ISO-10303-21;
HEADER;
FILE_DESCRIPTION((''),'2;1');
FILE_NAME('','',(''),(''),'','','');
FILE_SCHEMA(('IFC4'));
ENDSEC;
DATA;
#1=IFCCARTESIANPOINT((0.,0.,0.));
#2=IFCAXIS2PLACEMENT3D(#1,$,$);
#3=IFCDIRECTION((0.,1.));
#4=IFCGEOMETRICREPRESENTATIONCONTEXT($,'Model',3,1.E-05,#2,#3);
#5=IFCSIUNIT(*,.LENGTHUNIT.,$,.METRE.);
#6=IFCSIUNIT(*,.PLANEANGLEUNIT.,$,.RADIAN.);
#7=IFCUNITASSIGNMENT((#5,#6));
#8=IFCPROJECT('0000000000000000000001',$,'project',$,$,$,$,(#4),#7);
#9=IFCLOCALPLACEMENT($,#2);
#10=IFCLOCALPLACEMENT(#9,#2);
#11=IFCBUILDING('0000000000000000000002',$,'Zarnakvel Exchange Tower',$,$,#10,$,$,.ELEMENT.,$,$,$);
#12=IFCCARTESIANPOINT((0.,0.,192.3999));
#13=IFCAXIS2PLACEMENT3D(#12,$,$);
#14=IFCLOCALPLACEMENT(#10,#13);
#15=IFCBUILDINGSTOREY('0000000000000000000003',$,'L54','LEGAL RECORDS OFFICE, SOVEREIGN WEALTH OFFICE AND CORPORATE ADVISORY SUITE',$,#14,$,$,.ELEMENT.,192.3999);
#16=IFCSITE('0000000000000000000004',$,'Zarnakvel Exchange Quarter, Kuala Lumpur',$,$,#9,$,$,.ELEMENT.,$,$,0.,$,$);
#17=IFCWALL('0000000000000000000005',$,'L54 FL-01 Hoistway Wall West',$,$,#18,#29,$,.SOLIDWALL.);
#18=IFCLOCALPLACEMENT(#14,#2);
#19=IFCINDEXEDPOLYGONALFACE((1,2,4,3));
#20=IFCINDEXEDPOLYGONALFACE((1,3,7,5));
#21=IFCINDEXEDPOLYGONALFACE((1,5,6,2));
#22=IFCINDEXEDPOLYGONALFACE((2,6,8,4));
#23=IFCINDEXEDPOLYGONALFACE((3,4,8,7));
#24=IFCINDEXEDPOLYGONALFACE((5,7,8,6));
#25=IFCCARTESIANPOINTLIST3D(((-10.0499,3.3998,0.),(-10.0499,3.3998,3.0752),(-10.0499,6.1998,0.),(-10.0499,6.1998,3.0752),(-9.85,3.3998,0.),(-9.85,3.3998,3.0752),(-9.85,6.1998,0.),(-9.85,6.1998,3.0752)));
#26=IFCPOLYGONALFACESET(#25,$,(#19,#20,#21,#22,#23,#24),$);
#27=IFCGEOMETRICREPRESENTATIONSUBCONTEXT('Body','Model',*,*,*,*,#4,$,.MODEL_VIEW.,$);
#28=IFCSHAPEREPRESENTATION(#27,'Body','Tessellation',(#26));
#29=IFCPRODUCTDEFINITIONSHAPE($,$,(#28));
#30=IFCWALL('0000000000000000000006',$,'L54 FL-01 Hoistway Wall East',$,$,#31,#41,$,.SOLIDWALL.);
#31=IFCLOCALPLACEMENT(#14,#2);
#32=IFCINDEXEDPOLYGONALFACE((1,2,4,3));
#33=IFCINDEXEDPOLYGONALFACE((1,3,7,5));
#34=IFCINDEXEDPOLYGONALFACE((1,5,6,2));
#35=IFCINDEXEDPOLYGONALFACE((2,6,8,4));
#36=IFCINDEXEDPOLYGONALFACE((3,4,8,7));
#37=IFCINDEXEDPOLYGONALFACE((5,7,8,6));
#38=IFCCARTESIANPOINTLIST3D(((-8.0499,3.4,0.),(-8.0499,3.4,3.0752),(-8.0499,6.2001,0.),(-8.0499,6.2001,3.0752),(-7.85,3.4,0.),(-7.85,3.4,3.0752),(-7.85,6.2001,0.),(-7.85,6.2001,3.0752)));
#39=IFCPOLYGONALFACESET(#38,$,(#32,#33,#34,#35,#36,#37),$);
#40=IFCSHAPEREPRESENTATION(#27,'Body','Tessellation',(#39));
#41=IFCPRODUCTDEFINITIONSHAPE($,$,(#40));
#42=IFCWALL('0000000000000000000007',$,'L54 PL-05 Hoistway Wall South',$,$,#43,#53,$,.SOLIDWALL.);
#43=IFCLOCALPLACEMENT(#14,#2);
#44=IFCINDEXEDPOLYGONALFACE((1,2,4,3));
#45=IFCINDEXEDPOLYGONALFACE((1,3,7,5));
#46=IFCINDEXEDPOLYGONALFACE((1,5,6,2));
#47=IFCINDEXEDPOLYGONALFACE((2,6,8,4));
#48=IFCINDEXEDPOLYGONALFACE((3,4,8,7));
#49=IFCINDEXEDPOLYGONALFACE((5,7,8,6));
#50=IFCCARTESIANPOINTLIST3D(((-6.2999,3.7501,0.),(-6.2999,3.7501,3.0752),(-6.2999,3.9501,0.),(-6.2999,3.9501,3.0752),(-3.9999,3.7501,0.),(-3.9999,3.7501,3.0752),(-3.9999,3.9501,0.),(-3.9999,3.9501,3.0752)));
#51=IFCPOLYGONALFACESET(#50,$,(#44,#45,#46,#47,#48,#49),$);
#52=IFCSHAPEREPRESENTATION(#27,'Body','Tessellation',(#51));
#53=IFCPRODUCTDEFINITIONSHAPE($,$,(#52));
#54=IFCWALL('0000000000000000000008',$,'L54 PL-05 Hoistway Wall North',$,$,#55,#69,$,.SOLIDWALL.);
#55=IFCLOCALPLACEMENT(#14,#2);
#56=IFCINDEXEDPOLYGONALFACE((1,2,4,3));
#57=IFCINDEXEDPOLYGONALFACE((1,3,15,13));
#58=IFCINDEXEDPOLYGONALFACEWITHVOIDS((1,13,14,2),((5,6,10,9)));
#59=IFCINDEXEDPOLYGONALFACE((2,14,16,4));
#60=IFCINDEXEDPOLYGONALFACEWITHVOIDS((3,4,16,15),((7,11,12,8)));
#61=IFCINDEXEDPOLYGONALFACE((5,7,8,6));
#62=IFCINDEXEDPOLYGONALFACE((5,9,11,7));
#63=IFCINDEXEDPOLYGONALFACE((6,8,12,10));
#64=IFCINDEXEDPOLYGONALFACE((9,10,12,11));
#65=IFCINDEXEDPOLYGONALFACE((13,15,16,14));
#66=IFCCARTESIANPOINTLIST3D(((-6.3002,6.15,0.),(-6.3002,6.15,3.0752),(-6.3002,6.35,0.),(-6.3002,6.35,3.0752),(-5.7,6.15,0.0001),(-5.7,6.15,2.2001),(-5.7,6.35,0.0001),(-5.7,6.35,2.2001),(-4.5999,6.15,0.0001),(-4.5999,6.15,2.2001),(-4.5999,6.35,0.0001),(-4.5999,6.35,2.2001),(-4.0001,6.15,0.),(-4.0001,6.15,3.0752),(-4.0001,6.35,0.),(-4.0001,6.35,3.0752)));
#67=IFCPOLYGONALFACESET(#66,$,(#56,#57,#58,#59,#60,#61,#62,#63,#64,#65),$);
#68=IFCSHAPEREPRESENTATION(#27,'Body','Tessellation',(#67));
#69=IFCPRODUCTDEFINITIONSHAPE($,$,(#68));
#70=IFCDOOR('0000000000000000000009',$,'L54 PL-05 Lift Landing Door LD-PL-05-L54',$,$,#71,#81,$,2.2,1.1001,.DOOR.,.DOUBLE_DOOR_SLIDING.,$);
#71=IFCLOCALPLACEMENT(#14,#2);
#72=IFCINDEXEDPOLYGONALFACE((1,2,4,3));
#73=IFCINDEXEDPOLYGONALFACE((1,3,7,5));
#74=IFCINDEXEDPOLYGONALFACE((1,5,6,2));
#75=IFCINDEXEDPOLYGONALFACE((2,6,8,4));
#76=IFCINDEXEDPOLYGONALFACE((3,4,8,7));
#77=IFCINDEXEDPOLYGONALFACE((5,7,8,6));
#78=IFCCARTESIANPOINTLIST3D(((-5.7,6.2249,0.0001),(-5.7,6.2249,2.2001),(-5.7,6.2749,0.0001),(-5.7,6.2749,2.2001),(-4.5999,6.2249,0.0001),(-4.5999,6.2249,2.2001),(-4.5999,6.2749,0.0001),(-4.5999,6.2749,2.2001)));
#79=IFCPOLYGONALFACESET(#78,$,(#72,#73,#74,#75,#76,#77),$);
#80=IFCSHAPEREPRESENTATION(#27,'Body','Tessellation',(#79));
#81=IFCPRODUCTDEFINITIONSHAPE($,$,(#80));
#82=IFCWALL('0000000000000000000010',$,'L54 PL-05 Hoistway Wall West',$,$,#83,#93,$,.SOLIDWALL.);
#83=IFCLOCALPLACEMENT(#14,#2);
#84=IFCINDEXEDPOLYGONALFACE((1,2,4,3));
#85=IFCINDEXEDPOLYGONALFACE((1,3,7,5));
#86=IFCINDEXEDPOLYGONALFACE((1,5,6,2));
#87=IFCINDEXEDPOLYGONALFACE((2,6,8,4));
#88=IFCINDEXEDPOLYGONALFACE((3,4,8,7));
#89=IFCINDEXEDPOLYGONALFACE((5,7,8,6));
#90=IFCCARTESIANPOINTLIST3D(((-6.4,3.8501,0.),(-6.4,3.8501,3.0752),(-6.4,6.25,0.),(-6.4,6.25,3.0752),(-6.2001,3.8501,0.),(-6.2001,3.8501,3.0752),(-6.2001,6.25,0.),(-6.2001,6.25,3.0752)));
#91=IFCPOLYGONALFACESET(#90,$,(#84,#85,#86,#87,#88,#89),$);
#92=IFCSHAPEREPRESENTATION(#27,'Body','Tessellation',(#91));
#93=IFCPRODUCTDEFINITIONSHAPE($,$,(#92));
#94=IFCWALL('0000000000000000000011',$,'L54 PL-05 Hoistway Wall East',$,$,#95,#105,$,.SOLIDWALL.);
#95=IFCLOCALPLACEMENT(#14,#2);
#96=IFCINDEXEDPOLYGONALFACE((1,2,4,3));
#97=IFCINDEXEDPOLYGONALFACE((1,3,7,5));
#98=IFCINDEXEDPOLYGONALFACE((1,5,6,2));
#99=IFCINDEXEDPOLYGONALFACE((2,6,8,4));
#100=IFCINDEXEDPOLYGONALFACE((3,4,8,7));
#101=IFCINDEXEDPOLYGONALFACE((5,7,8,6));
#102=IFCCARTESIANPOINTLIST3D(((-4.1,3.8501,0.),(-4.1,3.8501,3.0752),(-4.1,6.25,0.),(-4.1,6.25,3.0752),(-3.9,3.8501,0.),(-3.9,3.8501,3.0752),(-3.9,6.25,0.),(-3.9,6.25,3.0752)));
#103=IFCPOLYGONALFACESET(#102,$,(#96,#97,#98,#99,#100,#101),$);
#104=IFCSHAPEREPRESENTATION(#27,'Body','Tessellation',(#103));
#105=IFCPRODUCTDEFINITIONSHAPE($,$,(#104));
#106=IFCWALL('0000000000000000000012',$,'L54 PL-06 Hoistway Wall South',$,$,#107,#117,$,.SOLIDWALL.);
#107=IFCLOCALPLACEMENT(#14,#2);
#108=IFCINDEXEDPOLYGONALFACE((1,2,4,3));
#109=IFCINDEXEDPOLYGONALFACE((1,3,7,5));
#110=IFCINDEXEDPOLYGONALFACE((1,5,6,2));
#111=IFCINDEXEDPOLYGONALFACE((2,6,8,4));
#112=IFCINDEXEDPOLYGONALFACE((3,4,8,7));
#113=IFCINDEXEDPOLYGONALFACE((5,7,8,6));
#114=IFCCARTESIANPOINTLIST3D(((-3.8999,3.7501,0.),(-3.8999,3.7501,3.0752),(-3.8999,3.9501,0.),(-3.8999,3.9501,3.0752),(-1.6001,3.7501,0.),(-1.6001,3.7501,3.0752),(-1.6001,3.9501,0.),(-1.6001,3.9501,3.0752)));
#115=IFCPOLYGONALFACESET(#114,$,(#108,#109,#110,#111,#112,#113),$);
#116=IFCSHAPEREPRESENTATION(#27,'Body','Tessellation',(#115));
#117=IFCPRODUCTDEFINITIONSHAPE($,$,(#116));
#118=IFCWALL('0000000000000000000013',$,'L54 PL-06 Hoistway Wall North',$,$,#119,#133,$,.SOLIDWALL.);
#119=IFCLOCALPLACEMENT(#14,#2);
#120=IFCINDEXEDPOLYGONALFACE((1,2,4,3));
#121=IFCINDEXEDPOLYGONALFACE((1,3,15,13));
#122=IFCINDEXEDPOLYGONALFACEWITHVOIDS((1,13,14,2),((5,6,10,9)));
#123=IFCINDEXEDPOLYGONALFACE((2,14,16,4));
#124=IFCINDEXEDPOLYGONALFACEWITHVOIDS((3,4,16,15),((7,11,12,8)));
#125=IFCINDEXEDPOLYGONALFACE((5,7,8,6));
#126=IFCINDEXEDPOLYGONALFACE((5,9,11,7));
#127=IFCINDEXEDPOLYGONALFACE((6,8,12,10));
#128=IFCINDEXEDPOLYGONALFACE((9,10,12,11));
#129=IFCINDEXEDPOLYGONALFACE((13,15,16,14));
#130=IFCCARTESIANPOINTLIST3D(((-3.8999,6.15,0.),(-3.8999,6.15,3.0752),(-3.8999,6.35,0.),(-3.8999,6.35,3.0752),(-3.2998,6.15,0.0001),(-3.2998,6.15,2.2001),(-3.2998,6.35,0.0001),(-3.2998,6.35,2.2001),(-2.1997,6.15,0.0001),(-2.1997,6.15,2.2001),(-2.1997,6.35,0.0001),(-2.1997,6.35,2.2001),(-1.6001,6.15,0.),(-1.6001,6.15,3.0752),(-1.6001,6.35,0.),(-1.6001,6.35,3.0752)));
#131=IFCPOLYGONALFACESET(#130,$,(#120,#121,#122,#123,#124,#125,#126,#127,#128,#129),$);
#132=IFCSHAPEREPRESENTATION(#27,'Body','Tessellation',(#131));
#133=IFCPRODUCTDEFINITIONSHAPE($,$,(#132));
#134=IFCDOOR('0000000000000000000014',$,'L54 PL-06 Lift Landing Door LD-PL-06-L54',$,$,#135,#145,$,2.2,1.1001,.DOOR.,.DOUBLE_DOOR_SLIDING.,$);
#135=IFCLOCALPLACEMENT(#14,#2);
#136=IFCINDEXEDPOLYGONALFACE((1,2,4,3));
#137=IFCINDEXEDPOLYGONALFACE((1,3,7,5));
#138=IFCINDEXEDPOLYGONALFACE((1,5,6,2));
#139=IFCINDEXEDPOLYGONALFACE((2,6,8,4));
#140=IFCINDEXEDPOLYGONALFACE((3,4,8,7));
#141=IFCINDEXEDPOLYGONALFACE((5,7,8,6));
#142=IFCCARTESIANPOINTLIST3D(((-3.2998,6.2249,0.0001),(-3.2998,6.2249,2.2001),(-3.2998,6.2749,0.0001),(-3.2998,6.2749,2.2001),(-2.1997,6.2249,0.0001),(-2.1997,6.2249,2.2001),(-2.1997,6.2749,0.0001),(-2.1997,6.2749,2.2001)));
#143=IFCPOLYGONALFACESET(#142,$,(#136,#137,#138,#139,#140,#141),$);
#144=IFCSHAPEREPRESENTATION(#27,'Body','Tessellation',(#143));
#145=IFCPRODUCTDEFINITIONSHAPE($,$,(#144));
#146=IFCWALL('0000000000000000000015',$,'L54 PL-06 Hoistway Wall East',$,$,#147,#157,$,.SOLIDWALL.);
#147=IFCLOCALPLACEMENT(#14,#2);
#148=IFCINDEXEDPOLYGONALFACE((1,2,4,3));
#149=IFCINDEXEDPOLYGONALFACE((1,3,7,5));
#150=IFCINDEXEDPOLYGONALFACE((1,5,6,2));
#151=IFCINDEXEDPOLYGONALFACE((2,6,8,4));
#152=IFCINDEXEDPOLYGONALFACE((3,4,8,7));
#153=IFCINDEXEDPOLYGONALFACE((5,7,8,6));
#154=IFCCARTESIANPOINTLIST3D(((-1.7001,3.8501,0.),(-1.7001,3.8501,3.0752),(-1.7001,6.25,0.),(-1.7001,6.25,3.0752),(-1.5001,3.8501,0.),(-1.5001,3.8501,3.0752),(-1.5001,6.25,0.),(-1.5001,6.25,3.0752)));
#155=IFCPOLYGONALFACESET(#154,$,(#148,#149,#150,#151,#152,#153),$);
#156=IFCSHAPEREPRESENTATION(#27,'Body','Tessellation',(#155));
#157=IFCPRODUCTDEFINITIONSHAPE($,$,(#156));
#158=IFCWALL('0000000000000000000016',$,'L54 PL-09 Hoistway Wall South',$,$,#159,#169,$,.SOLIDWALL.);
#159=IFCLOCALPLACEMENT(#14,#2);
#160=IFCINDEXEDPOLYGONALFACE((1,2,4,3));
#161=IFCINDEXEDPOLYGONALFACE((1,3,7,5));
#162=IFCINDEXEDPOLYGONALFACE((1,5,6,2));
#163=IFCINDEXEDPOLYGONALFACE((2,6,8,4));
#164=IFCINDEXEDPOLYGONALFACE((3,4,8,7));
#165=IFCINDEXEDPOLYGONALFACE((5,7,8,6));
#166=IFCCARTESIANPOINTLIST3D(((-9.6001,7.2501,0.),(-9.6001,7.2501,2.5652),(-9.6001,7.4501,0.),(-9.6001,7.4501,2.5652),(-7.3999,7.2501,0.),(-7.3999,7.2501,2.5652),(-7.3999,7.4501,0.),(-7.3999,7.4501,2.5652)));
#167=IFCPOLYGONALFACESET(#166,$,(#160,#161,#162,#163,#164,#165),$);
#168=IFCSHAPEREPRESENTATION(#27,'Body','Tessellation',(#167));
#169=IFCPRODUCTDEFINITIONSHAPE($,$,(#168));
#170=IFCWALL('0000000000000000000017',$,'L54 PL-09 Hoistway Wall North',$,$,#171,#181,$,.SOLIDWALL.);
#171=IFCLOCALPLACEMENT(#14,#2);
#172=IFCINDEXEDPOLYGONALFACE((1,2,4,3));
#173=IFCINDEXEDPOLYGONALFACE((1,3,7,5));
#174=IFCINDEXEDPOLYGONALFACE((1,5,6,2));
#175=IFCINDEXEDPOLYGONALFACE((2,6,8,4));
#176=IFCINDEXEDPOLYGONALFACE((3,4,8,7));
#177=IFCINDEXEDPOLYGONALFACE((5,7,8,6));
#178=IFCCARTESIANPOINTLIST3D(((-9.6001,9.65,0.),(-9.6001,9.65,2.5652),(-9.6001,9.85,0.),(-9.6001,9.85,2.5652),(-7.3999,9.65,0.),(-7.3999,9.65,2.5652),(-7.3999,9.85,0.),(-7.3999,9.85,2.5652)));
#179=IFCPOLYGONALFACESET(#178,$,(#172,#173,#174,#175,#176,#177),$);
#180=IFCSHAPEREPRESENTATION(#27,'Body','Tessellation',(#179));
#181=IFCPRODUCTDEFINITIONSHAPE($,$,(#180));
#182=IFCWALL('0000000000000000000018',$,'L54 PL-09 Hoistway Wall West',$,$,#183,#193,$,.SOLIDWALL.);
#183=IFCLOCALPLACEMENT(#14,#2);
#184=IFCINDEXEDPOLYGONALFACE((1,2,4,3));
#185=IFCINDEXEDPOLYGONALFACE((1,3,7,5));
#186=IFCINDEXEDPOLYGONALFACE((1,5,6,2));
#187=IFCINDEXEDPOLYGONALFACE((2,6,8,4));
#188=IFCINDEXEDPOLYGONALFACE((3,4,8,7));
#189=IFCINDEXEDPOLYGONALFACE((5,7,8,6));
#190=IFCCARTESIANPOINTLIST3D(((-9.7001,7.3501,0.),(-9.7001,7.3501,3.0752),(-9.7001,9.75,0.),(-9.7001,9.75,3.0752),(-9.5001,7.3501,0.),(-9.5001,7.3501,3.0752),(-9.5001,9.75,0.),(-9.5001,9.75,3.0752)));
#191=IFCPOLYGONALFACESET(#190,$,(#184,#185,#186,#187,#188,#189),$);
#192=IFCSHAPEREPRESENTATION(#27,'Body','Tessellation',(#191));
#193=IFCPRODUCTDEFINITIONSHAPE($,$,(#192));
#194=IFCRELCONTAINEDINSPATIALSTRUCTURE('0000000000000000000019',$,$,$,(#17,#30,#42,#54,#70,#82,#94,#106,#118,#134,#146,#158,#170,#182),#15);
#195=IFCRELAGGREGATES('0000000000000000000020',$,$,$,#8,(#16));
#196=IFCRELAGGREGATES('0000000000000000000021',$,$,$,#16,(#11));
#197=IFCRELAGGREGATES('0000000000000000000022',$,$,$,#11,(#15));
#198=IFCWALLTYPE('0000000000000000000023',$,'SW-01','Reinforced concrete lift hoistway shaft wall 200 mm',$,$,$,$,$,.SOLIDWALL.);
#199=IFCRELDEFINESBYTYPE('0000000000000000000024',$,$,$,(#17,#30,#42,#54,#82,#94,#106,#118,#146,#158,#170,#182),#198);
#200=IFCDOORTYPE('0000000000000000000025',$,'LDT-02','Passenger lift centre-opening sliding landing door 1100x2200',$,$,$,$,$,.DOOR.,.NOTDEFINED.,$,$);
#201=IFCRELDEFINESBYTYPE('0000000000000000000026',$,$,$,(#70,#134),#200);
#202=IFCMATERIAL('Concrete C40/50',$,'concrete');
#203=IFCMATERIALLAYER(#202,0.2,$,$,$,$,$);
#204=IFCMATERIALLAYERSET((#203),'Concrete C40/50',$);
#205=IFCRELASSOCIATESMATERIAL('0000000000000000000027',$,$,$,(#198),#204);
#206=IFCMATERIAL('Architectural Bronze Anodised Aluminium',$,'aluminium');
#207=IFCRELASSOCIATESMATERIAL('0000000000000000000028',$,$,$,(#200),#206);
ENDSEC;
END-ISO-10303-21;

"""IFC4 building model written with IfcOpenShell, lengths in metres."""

from ifc_helpers import new_model, si_unit, direction, frame, frame_2d, origin, place, context, subcontext, project, spatial, rectangle, extrude, source, transform, mapped, material, layer, layer_set, type_object, element, fill, save


model = new_model("IFC4")

# Units and contexts
model_context = context("Model", 3, precision=1e-05, world=origin(), true_north=direction((0.0, 1.0)))
body_context = subcontext(model_context, "Body", "Model", "MODEL_VIEW")
ifc_project = project(units=[si_unit("LENGTHUNIT", "METRE"), si_unit("PLANEANGLEUNIT", "RADIAN")], contexts=[model_context])

# Site, building, storey
site_placement = place(None, origin())
site = spatial("IfcSite", under=ifc_project, at=site_placement, Name="Zarnakvel Exchange Quarter, Kuala Lumpur", CompositionType="ELEMENT", RefElevation=0.0)
building_placement = place(site_placement, origin())
building = spatial("IfcBuilding", under=site, at=building_placement, Name="Zarnakvel Exchange Tower", CompositionType="ELEMENT")
storey_placement = place(building_placement, frame((0.0, 0.0, 192.3999)))
storey = spatial("IfcBuildingStorey", under=building, at=storey_placement, Name="L54", Description="LEGAL RECORDS OFFICE, SOVEREIGN WEALTH OFFICE AND CORPORATE ADVISORY SUITE", CompositionType="ELEMENT", Elevation=192.3999)

# Shared definitions
ifc_material_1 = material(Name="Concrete C40/50", Category="concrete")
ifc_layer_1 = layer(ifc_material_1, 0.2)
ifc_layer_set_1 = layer_set([ifc_layer_1], Name="Concrete C40/50")
wall_type_1 = type_object("IfcWallType", Name="SW-01", Description="Reinforced concrete lift hoistway shaft wall 200 mm", PredefinedType="SOLIDWALL", material=ifc_layer_set_1)
shared_shape_1 = source(origin(), body_context, "Body", "SweptSolid", [
    extrude(rectangle(XDim=1.1001, YDim=2.2, at=frame_2d((0.55, 1.1001))), frame((0.0, 0.0249, 0.0), z_axis=(0.0, -1.0, 0.0), x_axis=(1.0, 0.0, 0.0)), (0.0, 0.0, 1.0), 0.05),
])

# Walls
for number, where, z_axis, x_axis, name in (
    (1, (-9.95, 3.3999, 0.0), (0.0, 0.0, 1.0), (0.0, 1.0, 0.0), "L54 FL-01 Hoistway Wall West"),
    (2, (-7.95, 6.2, 0.0), (0.0, 0.0, 1.0), (0.0, -1.0, 0.0), "L54 FL-01 Hoistway Wall East"),
):
    element("IfcWall", number, at=place(storey_placement, frame(where, z_axis=z_axis, x_axis=x_axis)), inside=storey, type_object=wall_type_1, Name=name, PredefinedType="SOLIDWALL", context=body_context, shape_type="SweptSolid", body=[
        extrude(rectangle(XDim=2.8, YDim=0.2, at=frame_2d((1.3999, 0.0))), origin(), (0.0, 0.0, 1.0), 3.0752),
    ])
wall_1_placement = place(storey_placement, frame((-4.0, 3.8501, 0.0), z_axis=(0.0, 0.0, 1.0), x_axis=(-1.0, 0.0, 0.0)))
element("IfcWall", 3, at=wall_1_placement, inside=storey, type_object=wall_type_1, Name="L54 PL-05 Hoistway Wall South", PredefinedType="SOLIDWALL", context=body_context, shape_type="SweptSolid", body=[
    extrude(rectangle(XDim=2.3, YDim=0.2, at=frame_2d((1.1499, 0.0))), origin(), (0.0, 0.0, 1.0), 3.0752),
])

# Wall, opening, door
wall_2_placement = place(storey_placement, frame((-6.3, 6.25, 0.0), z_axis=(0.0, 0.0, 1.0), x_axis=(1.0, 0.0, 0.0)))
wall_2 = element("IfcWall", 4, at=wall_2_placement, inside=storey, type_object=wall_type_1, Name="L54 PL-05 Hoistway Wall North", PredefinedType="SOLIDWALL", context=body_context, shape_type="SweptSolid", body=[
    extrude(rectangle(XDim=2.3, YDim=0.2, at=frame_2d((1.1499, 0.0))), origin(), (0.0, 0.0, 1.0), 3.0752),
])
opening_1_placement = place(wall_2_placement, frame((0.6001, 0.0, 0.0)))
opening_1 = element("IfcOpeningElement", 5, at=opening_1_placement, cuts=wall_2, PredefinedType="OPENING", context=body_context, shape_type="SweptSolid", body=[
    extrude(rectangle(XDim=1.1001, YDim=2.2, at=frame_2d((0.55, 1.1001))), frame((0.0, 0.1099, 0.0), z_axis=(0.0, -1.0, 0.0), x_axis=(1.0, 0.0, 0.0)), (0.0, 0.0, 1.0), 0.22),
])
ifc_material_2 = material(Name="Architectural Bronze Anodised Aluminium", Category="aluminium")
door_type_1 = type_object("IfcDoorType", Name="LDT-02", Description="Passenger lift centre-opening sliding landing door 1100x2200", OperationType="NOTDEFINED", PredefinedType="DOOR", material=ifc_material_2)
door_1_placement = place(opening_1_placement, origin())
door_1 = element("IfcDoor", 6, at=door_1_placement, inside=storey, type_object=door_type_1, Name="L54 PL-05 Lift Landing Door LD-PL-05-L54", OperationType="DOUBLE_DOOR_SLIDING", OverallHeight=2.2, OverallWidth=1.1001, PredefinedType="DOOR", context=body_context, shape_type="MappedRepresentation", body=[
    mapped(shared_shape_1, transform((0.0, 0.0, 0.0), x_axis=(1.0, 0.0, 0.0), y_axis=(0.0, 1.0, 0.0), z_axis=(0.0, 0.0, 1.0), scale=1.0)),
])
fill(opening_1, door_1)

# Walls
for number, where, z_axis, x_axis, name in (
    (7, (-6.3, 3.8501, 0.0), (0.0, 0.0, 1.0), (0.0, 1.0, 0.0), "L54 PL-05 Hoistway Wall West"),
    (8, (-4.0, 6.25, 0.0), (0.0, 0.0, 1.0), (0.0, -1.0, 0.0), "L54 PL-05 Hoistway Wall East"),
):
    element("IfcWall", number, at=place(storey_placement, frame(where, z_axis=z_axis, x_axis=x_axis)), inside=storey, type_object=wall_type_1, Name=name, PredefinedType="SOLIDWALL", context=body_context, shape_type="SweptSolid", body=[
        extrude(rectangle(XDim=2.3999, YDim=0.2, at=frame_2d((1.2, 0.0))), origin(), (0.0, 0.0, 1.0), 3.0752),
    ])
wall_3_placement = place(storey_placement, frame((-1.6001, 3.8501, 0.0), z_axis=(0.0, 0.0, 1.0), x_axis=(-1.0, 0.0, 0.0)))
element("IfcWall", 9, at=wall_3_placement, inside=storey, type_object=wall_type_1, Name="L54 PL-06 Hoistway Wall South", PredefinedType="SOLIDWALL", context=body_context, shape_type="SweptSolid", body=[
    extrude(rectangle(XDim=2.2998, YDim=0.2, at=frame_2d((1.1499, 0.0))), origin(), (0.0, 0.0, 1.0), 3.0752),
])

# Wall, opening, door
wall_4_placement = place(storey_placement, frame((-3.8999, 6.25, 0.0), z_axis=(0.0, 0.0, 1.0), x_axis=(1.0, 0.0, 0.0)))
wall_4 = element("IfcWall", 10, at=wall_4_placement, inside=storey, type_object=wall_type_1, Name="L54 PL-06 Hoistway Wall North", PredefinedType="SOLIDWALL", context=body_context, shape_type="SweptSolid", body=[
    extrude(rectangle(XDim=2.2998, YDim=0.2, at=frame_2d((1.1499, 0.0))), origin(), (0.0, 0.0, 1.0), 3.0752),
])
opening_2_placement = place(wall_4_placement, frame((0.6001, 0.0, 0.0)))
opening_2 = element("IfcOpeningElement", 11, at=opening_2_placement, cuts=wall_4, PredefinedType="OPENING", context=body_context, shape_type="SweptSolid", body=[
    extrude(rectangle(XDim=1.1001, YDim=2.2, at=frame_2d((0.55, 1.1001))), frame((0.0, 0.1099, 0.0), z_axis=(0.0, -1.0, 0.0), x_axis=(1.0, 0.0, 0.0)), (0.0, 0.0, 1.0), 0.22),
])
door_2_placement = place(opening_2_placement, origin())
door_2 = element("IfcDoor", 12, at=door_2_placement, inside=storey, type_object=door_type_1, Name="L54 PL-06 Lift Landing Door LD-PL-06-L54", OperationType="DOUBLE_DOOR_SLIDING", OverallHeight=2.2, OverallWidth=1.1001, PredefinedType="DOOR", context=body_context, shape_type="MappedRepresentation", body=[
    mapped(shared_shape_1, transform((0.0, 0.0, 0.0), x_axis=(1.0, 0.0, 0.0), y_axis=(0.0, 1.0, 0.0), z_axis=(0.0, 0.0, 1.0), scale=1.0)),
])
fill(opening_2, door_2)

# Walls
wall_5_placement = place(storey_placement, frame((-1.6001, 6.25, 0.0), z_axis=(0.0, 0.0, 1.0), x_axis=(0.0, -1.0, 0.0)))
element("IfcWall", 13, at=wall_5_placement, inside=storey, type_object=wall_type_1, Name="L54 PL-06 Hoistway Wall East", PredefinedType="SOLIDWALL", context=body_context, shape_type="SweptSolid", body=[
    extrude(rectangle(XDim=2.3999, YDim=0.2, at=frame_2d((1.2, 0.0))), origin(), (0.0, 0.0, 1.0), 3.0752),
])
for number, where, z_axis, x_axis, name in (
    (14, (-7.3999, 7.3501, 0.0), (0.0, 0.0, 1.0), (-1.0, 0.0, 0.0), "L54 PL-09 Hoistway Wall South"),
    (15, (-9.6001, 9.75, 0.0), (0.0, 0.0, 1.0), (1.0, 0.0, 0.0), "L54 PL-09 Hoistway Wall North"),
):
    element("IfcWall", number, at=place(storey_placement, frame(where, z_axis=z_axis, x_axis=x_axis)), inside=storey, type_object=wall_type_1, Name=name, PredefinedType="SOLIDWALL", context=body_context, shape_type="SweptSolid", body=[
        extrude(rectangle(XDim=2.2002, YDim=0.2, at=frame_2d((1.1001, 0.0))), origin(), (0.0, 0.0, 1.0), 2.5652),
    ])
wall_6_placement = place(storey_placement, frame((-9.6001, 7.3501, 0.0), z_axis=(0.0, 0.0, 1.0), x_axis=(0.0, 1.0, 0.0)))
element("IfcWall", 16, at=wall_6_placement, inside=storey, type_object=wall_type_1, Name="L54 PL-09 Hoistway Wall West", PredefinedType="SOLIDWALL", context=body_context, shape_type="SweptSolid", body=[
    extrude(rectangle(XDim=2.3999, YDim=0.2, at=frame_2d((1.2, 0.0))), origin(), (0.0, 0.0, 1.0), 3.0752),
])

save(model, "model.ifc")
